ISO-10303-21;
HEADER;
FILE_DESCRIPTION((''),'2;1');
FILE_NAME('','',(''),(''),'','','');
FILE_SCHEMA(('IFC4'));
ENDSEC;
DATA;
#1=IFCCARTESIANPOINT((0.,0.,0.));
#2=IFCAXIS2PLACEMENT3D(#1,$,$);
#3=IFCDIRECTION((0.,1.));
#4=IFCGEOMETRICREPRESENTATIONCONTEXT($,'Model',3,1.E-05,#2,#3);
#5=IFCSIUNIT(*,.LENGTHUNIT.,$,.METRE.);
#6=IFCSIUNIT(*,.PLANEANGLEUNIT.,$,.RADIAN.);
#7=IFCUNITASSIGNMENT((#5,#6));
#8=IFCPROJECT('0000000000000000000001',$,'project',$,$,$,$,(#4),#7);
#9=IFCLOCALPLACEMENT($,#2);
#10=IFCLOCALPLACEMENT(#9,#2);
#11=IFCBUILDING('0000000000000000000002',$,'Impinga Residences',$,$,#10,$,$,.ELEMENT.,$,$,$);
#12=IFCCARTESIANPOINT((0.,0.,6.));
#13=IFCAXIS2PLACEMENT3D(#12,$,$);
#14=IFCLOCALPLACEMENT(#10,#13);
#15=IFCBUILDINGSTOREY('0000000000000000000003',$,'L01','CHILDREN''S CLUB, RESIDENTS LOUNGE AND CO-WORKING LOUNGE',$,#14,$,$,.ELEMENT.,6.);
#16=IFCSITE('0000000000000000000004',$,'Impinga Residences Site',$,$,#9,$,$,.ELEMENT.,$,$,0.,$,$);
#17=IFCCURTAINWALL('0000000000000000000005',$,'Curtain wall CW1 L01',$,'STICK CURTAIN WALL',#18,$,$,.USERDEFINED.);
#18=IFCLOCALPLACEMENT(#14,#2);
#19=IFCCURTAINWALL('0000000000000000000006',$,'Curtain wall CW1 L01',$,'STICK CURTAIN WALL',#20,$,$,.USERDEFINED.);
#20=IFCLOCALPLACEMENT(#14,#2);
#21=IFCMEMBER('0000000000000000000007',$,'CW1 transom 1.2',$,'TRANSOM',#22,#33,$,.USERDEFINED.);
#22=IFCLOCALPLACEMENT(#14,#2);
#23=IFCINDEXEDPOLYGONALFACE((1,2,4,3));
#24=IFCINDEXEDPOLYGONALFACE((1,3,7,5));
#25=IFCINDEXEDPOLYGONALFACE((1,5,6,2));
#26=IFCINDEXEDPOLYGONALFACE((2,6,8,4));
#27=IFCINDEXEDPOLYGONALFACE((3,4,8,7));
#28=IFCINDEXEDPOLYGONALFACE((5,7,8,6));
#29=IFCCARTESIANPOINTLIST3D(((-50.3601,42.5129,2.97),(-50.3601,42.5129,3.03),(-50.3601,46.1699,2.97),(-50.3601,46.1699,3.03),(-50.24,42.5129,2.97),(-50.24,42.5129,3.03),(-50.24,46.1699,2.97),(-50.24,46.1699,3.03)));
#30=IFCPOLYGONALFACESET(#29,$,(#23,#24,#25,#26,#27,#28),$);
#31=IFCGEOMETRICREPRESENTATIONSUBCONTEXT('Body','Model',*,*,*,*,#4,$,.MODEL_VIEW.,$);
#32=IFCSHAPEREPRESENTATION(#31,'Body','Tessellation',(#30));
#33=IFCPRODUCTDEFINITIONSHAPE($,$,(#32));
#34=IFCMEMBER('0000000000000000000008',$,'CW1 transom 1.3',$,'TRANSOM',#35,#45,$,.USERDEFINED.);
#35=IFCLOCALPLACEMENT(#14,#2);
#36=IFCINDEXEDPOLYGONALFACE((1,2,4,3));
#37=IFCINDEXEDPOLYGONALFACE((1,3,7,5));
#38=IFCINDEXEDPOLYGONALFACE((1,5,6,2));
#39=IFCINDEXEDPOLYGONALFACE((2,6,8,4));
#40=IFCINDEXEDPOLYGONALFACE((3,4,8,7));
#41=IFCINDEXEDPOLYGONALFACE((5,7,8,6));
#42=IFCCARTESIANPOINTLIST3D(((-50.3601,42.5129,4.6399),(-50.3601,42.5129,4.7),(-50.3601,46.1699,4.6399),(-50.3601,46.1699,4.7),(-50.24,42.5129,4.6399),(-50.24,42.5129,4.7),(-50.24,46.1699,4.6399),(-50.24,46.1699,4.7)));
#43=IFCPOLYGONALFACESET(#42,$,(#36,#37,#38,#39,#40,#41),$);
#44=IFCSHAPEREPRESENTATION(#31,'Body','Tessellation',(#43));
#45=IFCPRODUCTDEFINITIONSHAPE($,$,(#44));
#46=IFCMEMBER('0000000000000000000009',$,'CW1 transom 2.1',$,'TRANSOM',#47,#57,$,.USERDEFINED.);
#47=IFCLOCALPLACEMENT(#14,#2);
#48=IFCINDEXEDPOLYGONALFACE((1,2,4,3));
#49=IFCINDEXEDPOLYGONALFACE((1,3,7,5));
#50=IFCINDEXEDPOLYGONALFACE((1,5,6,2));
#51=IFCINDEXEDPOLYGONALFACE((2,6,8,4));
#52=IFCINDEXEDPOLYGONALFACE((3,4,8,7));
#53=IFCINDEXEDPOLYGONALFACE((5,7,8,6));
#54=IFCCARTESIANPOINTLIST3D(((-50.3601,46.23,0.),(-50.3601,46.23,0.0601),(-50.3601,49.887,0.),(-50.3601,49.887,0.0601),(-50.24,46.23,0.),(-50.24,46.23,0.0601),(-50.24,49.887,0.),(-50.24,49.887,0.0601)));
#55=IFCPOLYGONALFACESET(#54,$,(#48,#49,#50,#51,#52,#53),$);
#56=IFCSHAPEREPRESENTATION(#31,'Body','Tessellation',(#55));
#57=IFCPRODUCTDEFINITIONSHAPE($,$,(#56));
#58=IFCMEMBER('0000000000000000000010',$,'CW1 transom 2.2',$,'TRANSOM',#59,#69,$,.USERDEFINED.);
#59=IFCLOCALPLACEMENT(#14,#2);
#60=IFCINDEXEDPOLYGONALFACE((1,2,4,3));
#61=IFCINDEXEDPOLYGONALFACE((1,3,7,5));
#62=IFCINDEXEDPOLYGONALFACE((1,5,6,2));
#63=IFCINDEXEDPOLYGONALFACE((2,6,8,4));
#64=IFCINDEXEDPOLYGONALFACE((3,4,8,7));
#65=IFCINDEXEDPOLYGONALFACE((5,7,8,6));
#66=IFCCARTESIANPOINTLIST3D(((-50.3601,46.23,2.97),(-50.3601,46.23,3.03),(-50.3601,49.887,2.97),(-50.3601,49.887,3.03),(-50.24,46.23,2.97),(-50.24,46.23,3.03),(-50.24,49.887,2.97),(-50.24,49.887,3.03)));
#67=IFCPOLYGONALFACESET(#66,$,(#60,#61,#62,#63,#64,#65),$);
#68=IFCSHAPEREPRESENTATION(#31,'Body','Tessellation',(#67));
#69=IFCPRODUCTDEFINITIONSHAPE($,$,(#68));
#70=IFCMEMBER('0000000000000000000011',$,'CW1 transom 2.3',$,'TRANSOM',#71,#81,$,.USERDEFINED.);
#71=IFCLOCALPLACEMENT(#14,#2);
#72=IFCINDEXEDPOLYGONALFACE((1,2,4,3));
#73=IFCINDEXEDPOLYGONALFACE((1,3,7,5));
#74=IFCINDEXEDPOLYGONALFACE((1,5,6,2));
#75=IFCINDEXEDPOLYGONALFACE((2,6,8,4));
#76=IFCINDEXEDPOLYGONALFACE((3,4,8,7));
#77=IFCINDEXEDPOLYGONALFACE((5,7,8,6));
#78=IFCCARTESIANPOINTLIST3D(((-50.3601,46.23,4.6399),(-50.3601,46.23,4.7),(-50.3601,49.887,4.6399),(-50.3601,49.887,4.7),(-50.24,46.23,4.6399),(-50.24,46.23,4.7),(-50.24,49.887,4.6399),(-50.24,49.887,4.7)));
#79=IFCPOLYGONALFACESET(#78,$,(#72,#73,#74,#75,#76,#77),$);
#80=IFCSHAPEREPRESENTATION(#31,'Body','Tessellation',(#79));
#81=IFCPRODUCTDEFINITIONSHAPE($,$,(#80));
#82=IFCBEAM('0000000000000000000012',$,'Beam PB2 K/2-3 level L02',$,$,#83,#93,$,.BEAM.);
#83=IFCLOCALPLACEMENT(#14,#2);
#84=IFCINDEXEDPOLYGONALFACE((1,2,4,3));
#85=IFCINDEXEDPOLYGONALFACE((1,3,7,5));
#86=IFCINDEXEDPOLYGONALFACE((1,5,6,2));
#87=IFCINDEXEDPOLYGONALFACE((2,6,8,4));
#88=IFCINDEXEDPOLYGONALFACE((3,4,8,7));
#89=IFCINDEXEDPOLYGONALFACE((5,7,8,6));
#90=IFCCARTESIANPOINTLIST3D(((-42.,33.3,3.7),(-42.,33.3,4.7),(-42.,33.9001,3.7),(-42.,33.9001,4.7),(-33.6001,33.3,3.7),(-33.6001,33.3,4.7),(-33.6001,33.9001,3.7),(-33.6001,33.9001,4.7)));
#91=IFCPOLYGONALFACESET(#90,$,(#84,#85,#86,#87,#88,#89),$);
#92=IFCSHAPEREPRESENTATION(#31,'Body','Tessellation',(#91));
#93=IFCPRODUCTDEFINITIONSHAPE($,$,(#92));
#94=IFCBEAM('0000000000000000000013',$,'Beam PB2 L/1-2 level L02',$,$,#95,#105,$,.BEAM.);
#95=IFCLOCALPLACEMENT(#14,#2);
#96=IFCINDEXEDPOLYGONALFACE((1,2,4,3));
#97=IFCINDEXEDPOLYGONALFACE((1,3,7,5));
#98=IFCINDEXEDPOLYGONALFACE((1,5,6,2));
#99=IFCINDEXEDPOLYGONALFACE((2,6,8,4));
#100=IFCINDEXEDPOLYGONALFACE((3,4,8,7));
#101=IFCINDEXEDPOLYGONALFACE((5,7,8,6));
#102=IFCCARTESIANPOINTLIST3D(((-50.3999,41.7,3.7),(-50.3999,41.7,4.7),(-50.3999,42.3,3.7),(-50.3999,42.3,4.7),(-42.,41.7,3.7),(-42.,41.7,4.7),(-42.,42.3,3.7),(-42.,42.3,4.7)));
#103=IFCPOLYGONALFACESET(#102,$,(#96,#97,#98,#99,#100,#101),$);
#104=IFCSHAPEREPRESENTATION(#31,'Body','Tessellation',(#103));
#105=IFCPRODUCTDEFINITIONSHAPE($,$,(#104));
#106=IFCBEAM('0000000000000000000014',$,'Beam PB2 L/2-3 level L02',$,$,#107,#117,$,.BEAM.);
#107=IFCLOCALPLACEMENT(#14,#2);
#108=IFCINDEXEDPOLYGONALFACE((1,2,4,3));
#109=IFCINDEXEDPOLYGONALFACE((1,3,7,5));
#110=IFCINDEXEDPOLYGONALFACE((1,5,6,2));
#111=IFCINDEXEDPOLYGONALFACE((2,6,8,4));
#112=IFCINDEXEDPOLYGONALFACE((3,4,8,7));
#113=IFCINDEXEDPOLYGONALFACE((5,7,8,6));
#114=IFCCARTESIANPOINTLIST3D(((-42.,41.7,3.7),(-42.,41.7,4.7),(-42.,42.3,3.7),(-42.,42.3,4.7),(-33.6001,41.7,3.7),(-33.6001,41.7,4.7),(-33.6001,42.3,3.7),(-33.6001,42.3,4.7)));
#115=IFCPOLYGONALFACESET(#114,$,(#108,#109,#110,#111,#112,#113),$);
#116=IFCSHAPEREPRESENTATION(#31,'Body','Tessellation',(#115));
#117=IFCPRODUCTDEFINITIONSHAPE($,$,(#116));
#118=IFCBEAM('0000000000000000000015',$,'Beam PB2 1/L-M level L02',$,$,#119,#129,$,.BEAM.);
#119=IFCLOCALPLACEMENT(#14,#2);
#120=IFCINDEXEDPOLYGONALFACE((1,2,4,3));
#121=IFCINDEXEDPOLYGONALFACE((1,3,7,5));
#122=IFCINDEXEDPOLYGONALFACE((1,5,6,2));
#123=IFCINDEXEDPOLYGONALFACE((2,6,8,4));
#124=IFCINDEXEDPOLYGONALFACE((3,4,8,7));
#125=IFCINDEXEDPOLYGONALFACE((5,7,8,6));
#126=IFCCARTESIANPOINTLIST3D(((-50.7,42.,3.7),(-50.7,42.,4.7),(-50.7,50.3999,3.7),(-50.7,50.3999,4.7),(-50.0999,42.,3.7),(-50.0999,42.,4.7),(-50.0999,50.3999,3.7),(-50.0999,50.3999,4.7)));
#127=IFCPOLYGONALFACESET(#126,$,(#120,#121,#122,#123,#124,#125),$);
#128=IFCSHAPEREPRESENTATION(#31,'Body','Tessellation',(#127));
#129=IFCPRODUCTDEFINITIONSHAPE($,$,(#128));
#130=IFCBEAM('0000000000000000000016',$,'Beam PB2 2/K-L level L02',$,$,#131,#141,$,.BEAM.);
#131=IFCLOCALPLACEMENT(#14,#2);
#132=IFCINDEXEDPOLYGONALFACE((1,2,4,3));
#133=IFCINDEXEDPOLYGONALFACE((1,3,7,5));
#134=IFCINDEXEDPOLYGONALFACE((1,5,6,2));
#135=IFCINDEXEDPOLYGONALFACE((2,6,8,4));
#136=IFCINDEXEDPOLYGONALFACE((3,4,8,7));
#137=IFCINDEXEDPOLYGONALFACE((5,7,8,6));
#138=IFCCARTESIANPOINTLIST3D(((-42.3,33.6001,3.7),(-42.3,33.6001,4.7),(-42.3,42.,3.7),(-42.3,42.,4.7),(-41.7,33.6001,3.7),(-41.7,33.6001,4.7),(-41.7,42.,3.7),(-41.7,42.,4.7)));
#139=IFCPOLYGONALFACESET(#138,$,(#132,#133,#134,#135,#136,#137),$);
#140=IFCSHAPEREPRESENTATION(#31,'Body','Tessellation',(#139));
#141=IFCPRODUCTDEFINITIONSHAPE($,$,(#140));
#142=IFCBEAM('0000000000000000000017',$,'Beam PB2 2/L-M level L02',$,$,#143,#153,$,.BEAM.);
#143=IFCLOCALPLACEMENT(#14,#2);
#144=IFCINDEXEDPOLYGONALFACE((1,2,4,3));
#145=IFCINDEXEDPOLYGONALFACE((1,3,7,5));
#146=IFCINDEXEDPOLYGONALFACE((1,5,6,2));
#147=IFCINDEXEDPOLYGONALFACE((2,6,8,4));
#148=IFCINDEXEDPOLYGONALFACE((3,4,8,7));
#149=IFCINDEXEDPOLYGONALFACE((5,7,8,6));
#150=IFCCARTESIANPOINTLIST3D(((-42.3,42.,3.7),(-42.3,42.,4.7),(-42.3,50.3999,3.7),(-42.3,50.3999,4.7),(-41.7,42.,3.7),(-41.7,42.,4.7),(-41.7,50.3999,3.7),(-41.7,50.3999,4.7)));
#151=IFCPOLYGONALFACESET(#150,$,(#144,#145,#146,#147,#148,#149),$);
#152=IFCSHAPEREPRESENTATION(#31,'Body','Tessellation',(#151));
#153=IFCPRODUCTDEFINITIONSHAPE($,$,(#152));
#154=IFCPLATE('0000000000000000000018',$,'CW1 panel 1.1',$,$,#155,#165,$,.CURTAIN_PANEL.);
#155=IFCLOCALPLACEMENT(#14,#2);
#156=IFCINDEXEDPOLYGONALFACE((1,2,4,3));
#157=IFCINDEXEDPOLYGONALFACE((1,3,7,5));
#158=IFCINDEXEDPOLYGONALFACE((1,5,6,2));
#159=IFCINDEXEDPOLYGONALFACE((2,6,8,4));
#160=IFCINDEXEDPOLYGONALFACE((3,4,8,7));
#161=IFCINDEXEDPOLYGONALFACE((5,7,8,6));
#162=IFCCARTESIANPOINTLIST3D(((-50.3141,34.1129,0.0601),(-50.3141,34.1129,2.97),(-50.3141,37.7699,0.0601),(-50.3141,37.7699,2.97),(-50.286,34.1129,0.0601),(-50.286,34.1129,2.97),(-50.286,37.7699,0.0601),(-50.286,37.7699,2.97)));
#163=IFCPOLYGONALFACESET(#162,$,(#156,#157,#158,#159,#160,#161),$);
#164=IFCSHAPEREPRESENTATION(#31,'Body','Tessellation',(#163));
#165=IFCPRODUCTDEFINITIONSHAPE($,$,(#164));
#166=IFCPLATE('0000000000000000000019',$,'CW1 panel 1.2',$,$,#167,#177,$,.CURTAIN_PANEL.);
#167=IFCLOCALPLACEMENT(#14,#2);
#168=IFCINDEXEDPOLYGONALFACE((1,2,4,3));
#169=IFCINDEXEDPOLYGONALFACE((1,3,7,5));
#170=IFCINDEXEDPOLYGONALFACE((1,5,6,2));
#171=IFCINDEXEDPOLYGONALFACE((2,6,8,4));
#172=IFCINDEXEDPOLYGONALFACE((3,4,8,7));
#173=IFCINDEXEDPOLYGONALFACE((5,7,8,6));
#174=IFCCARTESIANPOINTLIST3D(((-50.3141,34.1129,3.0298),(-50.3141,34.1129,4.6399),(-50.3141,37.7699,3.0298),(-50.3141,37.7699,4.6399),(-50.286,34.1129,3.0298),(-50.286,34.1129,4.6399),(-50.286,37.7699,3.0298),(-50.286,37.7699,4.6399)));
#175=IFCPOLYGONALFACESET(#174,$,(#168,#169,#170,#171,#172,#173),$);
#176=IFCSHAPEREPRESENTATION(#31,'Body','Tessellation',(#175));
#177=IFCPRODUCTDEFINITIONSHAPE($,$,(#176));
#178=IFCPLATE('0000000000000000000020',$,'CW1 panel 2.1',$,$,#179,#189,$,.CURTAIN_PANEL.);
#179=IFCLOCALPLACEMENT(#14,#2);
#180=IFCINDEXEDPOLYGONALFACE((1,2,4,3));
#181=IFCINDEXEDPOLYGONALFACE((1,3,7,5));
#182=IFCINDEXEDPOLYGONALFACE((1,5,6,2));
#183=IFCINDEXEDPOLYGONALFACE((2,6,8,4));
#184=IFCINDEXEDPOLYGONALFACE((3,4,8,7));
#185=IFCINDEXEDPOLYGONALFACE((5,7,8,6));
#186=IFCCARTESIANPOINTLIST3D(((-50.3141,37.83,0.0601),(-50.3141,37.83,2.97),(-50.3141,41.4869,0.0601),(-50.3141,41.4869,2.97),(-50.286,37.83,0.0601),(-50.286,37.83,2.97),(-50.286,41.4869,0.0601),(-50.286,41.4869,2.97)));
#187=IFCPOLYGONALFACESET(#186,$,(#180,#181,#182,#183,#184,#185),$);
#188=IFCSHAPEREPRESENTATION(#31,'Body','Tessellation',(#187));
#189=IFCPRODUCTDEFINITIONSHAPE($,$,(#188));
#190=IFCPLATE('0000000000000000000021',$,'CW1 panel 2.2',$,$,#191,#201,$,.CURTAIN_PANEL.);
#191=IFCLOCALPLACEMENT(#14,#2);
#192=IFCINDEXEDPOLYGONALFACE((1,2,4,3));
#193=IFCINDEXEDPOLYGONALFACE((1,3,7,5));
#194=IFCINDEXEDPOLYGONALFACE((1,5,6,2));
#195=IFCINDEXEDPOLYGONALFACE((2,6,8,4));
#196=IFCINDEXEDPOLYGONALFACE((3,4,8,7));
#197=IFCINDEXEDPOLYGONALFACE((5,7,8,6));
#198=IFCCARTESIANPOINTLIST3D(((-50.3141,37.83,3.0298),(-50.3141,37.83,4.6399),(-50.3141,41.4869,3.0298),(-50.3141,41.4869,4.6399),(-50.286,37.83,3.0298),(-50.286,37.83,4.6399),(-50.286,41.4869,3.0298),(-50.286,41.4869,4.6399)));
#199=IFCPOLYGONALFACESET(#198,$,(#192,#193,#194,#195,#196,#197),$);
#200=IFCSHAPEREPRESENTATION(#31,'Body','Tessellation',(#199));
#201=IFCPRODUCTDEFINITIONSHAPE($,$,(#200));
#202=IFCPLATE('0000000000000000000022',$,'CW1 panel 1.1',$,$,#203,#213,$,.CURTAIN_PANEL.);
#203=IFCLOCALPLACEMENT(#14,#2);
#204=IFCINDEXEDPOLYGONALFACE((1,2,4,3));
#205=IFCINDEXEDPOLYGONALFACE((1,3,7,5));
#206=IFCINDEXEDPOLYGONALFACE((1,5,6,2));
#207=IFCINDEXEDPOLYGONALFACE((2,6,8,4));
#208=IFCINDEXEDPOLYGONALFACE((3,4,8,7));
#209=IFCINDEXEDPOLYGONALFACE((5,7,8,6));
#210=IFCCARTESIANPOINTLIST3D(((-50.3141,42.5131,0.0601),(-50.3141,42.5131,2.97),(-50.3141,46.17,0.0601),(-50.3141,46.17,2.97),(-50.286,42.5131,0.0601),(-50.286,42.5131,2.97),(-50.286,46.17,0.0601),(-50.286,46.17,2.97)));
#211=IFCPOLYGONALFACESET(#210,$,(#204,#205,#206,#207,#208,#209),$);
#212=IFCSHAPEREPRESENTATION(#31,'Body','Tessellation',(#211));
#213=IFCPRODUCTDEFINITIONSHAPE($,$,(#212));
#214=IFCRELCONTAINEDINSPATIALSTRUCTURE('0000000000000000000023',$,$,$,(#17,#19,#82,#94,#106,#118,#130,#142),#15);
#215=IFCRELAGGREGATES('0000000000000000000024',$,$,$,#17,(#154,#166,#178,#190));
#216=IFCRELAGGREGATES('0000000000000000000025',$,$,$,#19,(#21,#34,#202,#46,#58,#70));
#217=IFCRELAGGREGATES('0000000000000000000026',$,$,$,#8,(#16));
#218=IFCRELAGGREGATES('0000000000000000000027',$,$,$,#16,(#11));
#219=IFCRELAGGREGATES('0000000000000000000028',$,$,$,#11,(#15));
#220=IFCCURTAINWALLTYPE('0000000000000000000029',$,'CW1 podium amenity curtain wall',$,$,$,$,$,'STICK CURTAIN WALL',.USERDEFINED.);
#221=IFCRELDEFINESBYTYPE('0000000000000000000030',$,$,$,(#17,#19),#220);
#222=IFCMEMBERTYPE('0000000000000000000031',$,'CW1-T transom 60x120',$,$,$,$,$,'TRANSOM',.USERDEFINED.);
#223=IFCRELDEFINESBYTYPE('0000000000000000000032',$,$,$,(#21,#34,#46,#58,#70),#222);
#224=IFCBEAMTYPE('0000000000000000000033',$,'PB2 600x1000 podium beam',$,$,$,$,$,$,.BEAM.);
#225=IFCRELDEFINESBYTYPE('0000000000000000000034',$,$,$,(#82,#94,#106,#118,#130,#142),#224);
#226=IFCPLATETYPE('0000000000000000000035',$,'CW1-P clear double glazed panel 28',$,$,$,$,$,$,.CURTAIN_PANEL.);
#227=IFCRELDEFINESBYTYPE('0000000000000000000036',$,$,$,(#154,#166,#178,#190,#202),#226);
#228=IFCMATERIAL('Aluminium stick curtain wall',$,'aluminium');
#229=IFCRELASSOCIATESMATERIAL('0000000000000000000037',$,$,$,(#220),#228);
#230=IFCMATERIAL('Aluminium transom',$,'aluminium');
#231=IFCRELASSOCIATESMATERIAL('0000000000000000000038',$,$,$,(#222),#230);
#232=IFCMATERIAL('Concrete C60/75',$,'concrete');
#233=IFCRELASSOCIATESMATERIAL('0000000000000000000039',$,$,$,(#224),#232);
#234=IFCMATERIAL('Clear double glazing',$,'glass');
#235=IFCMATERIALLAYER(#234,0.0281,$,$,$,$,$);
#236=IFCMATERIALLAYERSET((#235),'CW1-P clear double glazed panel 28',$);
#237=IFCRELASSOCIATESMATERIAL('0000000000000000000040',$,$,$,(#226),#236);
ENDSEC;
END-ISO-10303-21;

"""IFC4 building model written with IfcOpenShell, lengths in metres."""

from ifc_helpers import new_model, si_unit, direction, frame, origin, origin_2d, place, context, subcontext, project, spatial, rectangle, extrude, material, layer, layer_set, material_profile, profile_set, type_object, element, aggregate, save


model = new_model("IFC4")

# Units and contexts
model_context = context("Model", 3, precision=1e-05, world=origin(), true_north=direction((0.0, 1.0)))
body_context = subcontext(model_context, "Body", "Model", "MODEL_VIEW")
ifc_project = project(units=[si_unit("LENGTHUNIT", "METRE"), si_unit("PLANEANGLEUNIT", "RADIAN")], contexts=[model_context])

# Site, building, storey
site_placement = place(None, origin())
site = spatial("IfcSite", under=ifc_project, at=site_placement, Name="Impinga Residences Site", CompositionType="ELEMENT", RefElevation=0.0)
building_placement = place(site_placement, origin())
building = spatial("IfcBuilding", under=site, at=building_placement, Name="Impinga Residences", CompositionType="ELEMENT")
storey_placement = place(building_placement, frame((0.0, 0.0, 6.0)))
storey = spatial("IfcBuildingStorey", under=building, at=storey_placement, Name="L01", Description="CHILDREN'S CLUB, RESIDENTS LOUNGE AND CO-WORKING LOUNGE", CompositionType="ELEMENT", Elevation=6.0)

# Curtain walls
ifc_material_1 = material(Name="Aluminium stick curtain wall", Category="aluminium")
curtain_wall_type = type_object("IfcCurtainWallType", Name="CW1 podium amenity curtain wall", ElementType="STICK CURTAIN WALL", PredefinedType="USERDEFINED", material=ifc_material_1)
curtain_wall_1_placement = place(storey_placement, origin())
curtain_wall_1 = element("IfcCurtainWall", 1, at=curtain_wall_1_placement, inside=storey, type_object=curtain_wall_type, Name="Curtain wall CW1 L01", ObjectType="STICK CURTAIN WALL", PredefinedType="USERDEFINED")
curtain_wall_2_placement = place(storey_placement, origin())
curtain_wall_2 = element("IfcCurtainWall", 2, at=curtain_wall_2_placement, inside=storey, type_object=curtain_wall_type, Name="Curtain wall CW1 L01", ObjectType="STICK CURTAIN WALL", PredefinedType="USERDEFINED")

# Members
ifc_material_2 = material(Name="Aluminium transom", Category="aluminium")
ifc_material_profile_1 = material_profile(ifc_material_2, rectangle(XDim=0.0601, YDim=0.1201, at=origin_2d()), Name="60x120 transom")
ifc_profile_set_1 = profile_set([ifc_material_profile_1], Name="Aluminium transom")
member_type_1 = type_object("IfcMemberType", Name="CW1-T transom 60x120", ElementType="TRANSOM", PredefinedType="USERDEFINED", material=ifc_profile_set_1)
member_1_placement = place(storey_placement, frame((-50.3, 42.5129, 3.0), z_axis=(0.0, 1.0, 0.0), x_axis=(0.0, 0.0, 1.0)))
member_1 = element("IfcMember", 3, at=member_1_placement, type_object=member_type_1, Name="CW1 transom 1.2", ObjectType="TRANSOM", PredefinedType="USERDEFINED", context=body_context, shape_type="SweptSolid", body=[
    extrude(rectangle(XDim=0.0601, YDim=0.1201, at=origin_2d()), origin(), (0.0, 0.0, 1.0), 3.657),
])
member_2_placement = place(storey_placement, frame((-50.3, 42.5129, 4.6699), z_axis=(0.0, 1.0, 0.0), x_axis=(0.0, 0.0, 1.0)))
member_2 = element("IfcMember", 4, at=member_2_placement, type_object=member_type_1, Name="CW1 transom 1.3", ObjectType="TRANSOM", PredefinedType="USERDEFINED", context=body_context, shape_type="SweptSolid", body=[
    extrude(rectangle(XDim=0.0601, YDim=0.1201, at=origin_2d()), origin(), (0.0, 0.0, 1.0), 3.657),
])
member_3_placement = place(storey_placement, frame((-50.3, 46.23, 0.03), z_axis=(0.0, 1.0, 0.0), x_axis=(0.0, 0.0, 1.0)))
member_3 = element("IfcMember", 5, at=member_3_placement, type_object=member_type_1, Name="CW1 transom 2.1", ObjectType="TRANSOM", PredefinedType="USERDEFINED", context=body_context, shape_type="SweptSolid", body=[
    extrude(rectangle(XDim=0.0601, YDim=0.1201, at=origin_2d()), origin(), (0.0, 0.0, 1.0), 3.657),
])
member_4_placement = place(storey_placement, frame((-50.3, 46.23, 3.0), z_axis=(0.0, 1.0, 0.0), x_axis=(0.0, 0.0, 1.0)))
member_4 = element("IfcMember", 6, at=member_4_placement, type_object=member_type_1, Name="CW1 transom 2.2", ObjectType="TRANSOM", PredefinedType="USERDEFINED", context=body_context, shape_type="SweptSolid", body=[
    extrude(rectangle(XDim=0.0601, YDim=0.1201, at=origin_2d()), origin(), (0.0, 0.0, 1.0), 3.657),
])
member_5_placement = place(storey_placement, frame((-50.3, 46.23, 4.6699), z_axis=(0.0, 1.0, 0.0), x_axis=(0.0, 0.0, 1.0)))
member_5 = element("IfcMember", 7, at=member_5_placement, type_object=member_type_1, Name="CW1 transom 2.3", ObjectType="TRANSOM", PredefinedType="USERDEFINED", context=body_context, shape_type="SweptSolid", body=[
    extrude(rectangle(XDim=0.0601, YDim=0.1201, at=origin_2d()), origin(), (0.0, 0.0, 1.0), 3.657),
])

# Beams
ifc_material_3 = material(Name="Concrete C60/75", Category="concrete")
ifc_material_profile_2 = material_profile(ifc_material_3, rectangle(XDim=0.6001, YDim=1.0, at=origin_2d()), Name="RC 600x1000")
ifc_profile_set_2 = profile_set([ifc_material_profile_2], Name="Concrete C60/75")
beam_type = type_object("IfcBeamType", Name="PB2 600x1000 podium beam", PredefinedType="BEAM", material=ifc_profile_set_2)
for number, where, z_axis, x_axis, name in (
    (8, (-42.0, 33.6001, 4.2), (1.0, 0.0, 0.0), (0.0, 1.0, 0.0), "Beam PB2 K/2-3 level L02"),
    (9, (-50.3999, 42.0, 4.2), (1.0, 0.0, 0.0), (0.0, 1.0, 0.0), "Beam PB2 L/1-2 level L02"),
    (10, (-42.0, 42.0, 4.2), (1.0, 0.0, 0.0), (0.0, 1.0, 0.0), "Beam PB2 L/2-3 level L02"),
    (11, (-50.3999, 42.0, 4.2), (0.0, 1.0, 0.0), (-1.0, 0.0, 0.0), "Beam PB2 1/L-M level L02"),
    (12, (-42.0, 33.6001, 4.2), (0.0, 1.0, 0.0), (-1.0, 0.0, 0.0), "Beam PB2 2/K-L level L02"),
    (13, (-42.0, 42.0, 4.2), (0.0, 1.0, 0.0), (-1.0, 0.0, 0.0), "Beam PB2 2/L-M level L02"),
):
    element("IfcBeam", number, at=place(storey_placement, frame(where, z_axis=z_axis, x_axis=x_axis)), inside=storey, type_object=beam_type, Name=name, PredefinedType="BEAM", context=body_context, shape_type="SweptSolid", body=[
        extrude(rectangle(XDim=0.6001, YDim=1.0, at=origin_2d()), origin(), (0.0, 0.0, 1.0), 8.3999),
    ])

# Plates
ifc_material_4 = material(Name="Clear double glazing", Category="glass")
ifc_layer = layer(ifc_material_4, 0.0281)
ifc_layer_set = layer_set([ifc_layer], Name="CW1-P clear double glazed panel 28")
plate_type = type_object("IfcPlateType", Name="CW1-P clear double glazed panel 28", PredefinedType="CURTAIN_PANEL", material=ifc_layer_set)
plate_1_placement = place(storey_placement, frame((-50.3, 35.9414, 0.0601), z_axis=(0.0, 0.0, 1.0), x_axis=(0.0, 1.0, 0.0)))
plate_1 = element("IfcPlate", 14, at=plate_1_placement, type_object=plate_type, Name="CW1 panel 1.1", PredefinedType="CURTAIN_PANEL", context=body_context, shape_type="SweptSolid", body=[
    extrude(rectangle(XDim=3.657, YDim=0.0281, at=origin_2d()), origin(), (0.0, 0.0, 1.0), 2.9099),
])
plate_2_placement = place(storey_placement, frame((-50.3, 35.9414, 3.0298), z_axis=(0.0, 0.0, 1.0), x_axis=(0.0, 1.0, 0.0)))
plate_2 = element("IfcPlate", 15, at=plate_2_placement, type_object=plate_type, Name="CW1 panel 1.2", PredefinedType="CURTAIN_PANEL", context=body_context, shape_type="SweptSolid", body=[
    extrude(rectangle(XDim=3.657, YDim=0.0281, at=origin_2d()), origin(), (0.0, 0.0, 1.0), 1.6101),
])
plate_3_placement = place(storey_placement, frame((-50.3, 39.6584, 0.0601), z_axis=(0.0, 0.0, 1.0), x_axis=(0.0, 1.0, 0.0)))
plate_3 = element("IfcPlate", 16, at=plate_3_placement, type_object=plate_type, Name="CW1 panel 2.1", PredefinedType="CURTAIN_PANEL", context=body_context, shape_type="SweptSolid", body=[
    extrude(rectangle(XDim=3.657, YDim=0.0281, at=origin_2d()), origin(), (0.0, 0.0, 1.0), 2.9099),
])
plate_4_placement = place(storey_placement, frame((-50.3, 39.6584, 3.0298), z_axis=(0.0, 0.0, 1.0), x_axis=(0.0, 1.0, 0.0)))
plate_4 = element("IfcPlate", 17, at=plate_4_placement, type_object=plate_type, Name="CW1 panel 2.2", PredefinedType="CURTAIN_PANEL", context=body_context, shape_type="SweptSolid", body=[
    extrude(rectangle(XDim=3.657, YDim=0.0281, at=origin_2d()), origin(), (0.0, 0.0, 1.0), 1.6101),
])
aggregate(curtain_wall_1, [plate_1, plate_2, plate_3, plate_4])
plate_5_placement = place(storey_placement, frame((-50.3, 44.3416, 0.0601), z_axis=(0.0, 0.0, 1.0), x_axis=(0.0, 1.0, 0.0)))
plate_5 = element("IfcPlate", 18, at=plate_5_placement, type_object=plate_type, Name="CW1 panel 1.1", PredefinedType="CURTAIN_PANEL", context=body_context, shape_type="SweptSolid", body=[
    extrude(rectangle(XDim=3.657, YDim=0.0281, at=origin_2d()), origin(), (0.0, 0.0, 1.0), 2.9099),
])
aggregate(curtain_wall_2, [member_1, member_2, plate_5, member_3, member_4, member_5])

save(model, "model.ifc")
